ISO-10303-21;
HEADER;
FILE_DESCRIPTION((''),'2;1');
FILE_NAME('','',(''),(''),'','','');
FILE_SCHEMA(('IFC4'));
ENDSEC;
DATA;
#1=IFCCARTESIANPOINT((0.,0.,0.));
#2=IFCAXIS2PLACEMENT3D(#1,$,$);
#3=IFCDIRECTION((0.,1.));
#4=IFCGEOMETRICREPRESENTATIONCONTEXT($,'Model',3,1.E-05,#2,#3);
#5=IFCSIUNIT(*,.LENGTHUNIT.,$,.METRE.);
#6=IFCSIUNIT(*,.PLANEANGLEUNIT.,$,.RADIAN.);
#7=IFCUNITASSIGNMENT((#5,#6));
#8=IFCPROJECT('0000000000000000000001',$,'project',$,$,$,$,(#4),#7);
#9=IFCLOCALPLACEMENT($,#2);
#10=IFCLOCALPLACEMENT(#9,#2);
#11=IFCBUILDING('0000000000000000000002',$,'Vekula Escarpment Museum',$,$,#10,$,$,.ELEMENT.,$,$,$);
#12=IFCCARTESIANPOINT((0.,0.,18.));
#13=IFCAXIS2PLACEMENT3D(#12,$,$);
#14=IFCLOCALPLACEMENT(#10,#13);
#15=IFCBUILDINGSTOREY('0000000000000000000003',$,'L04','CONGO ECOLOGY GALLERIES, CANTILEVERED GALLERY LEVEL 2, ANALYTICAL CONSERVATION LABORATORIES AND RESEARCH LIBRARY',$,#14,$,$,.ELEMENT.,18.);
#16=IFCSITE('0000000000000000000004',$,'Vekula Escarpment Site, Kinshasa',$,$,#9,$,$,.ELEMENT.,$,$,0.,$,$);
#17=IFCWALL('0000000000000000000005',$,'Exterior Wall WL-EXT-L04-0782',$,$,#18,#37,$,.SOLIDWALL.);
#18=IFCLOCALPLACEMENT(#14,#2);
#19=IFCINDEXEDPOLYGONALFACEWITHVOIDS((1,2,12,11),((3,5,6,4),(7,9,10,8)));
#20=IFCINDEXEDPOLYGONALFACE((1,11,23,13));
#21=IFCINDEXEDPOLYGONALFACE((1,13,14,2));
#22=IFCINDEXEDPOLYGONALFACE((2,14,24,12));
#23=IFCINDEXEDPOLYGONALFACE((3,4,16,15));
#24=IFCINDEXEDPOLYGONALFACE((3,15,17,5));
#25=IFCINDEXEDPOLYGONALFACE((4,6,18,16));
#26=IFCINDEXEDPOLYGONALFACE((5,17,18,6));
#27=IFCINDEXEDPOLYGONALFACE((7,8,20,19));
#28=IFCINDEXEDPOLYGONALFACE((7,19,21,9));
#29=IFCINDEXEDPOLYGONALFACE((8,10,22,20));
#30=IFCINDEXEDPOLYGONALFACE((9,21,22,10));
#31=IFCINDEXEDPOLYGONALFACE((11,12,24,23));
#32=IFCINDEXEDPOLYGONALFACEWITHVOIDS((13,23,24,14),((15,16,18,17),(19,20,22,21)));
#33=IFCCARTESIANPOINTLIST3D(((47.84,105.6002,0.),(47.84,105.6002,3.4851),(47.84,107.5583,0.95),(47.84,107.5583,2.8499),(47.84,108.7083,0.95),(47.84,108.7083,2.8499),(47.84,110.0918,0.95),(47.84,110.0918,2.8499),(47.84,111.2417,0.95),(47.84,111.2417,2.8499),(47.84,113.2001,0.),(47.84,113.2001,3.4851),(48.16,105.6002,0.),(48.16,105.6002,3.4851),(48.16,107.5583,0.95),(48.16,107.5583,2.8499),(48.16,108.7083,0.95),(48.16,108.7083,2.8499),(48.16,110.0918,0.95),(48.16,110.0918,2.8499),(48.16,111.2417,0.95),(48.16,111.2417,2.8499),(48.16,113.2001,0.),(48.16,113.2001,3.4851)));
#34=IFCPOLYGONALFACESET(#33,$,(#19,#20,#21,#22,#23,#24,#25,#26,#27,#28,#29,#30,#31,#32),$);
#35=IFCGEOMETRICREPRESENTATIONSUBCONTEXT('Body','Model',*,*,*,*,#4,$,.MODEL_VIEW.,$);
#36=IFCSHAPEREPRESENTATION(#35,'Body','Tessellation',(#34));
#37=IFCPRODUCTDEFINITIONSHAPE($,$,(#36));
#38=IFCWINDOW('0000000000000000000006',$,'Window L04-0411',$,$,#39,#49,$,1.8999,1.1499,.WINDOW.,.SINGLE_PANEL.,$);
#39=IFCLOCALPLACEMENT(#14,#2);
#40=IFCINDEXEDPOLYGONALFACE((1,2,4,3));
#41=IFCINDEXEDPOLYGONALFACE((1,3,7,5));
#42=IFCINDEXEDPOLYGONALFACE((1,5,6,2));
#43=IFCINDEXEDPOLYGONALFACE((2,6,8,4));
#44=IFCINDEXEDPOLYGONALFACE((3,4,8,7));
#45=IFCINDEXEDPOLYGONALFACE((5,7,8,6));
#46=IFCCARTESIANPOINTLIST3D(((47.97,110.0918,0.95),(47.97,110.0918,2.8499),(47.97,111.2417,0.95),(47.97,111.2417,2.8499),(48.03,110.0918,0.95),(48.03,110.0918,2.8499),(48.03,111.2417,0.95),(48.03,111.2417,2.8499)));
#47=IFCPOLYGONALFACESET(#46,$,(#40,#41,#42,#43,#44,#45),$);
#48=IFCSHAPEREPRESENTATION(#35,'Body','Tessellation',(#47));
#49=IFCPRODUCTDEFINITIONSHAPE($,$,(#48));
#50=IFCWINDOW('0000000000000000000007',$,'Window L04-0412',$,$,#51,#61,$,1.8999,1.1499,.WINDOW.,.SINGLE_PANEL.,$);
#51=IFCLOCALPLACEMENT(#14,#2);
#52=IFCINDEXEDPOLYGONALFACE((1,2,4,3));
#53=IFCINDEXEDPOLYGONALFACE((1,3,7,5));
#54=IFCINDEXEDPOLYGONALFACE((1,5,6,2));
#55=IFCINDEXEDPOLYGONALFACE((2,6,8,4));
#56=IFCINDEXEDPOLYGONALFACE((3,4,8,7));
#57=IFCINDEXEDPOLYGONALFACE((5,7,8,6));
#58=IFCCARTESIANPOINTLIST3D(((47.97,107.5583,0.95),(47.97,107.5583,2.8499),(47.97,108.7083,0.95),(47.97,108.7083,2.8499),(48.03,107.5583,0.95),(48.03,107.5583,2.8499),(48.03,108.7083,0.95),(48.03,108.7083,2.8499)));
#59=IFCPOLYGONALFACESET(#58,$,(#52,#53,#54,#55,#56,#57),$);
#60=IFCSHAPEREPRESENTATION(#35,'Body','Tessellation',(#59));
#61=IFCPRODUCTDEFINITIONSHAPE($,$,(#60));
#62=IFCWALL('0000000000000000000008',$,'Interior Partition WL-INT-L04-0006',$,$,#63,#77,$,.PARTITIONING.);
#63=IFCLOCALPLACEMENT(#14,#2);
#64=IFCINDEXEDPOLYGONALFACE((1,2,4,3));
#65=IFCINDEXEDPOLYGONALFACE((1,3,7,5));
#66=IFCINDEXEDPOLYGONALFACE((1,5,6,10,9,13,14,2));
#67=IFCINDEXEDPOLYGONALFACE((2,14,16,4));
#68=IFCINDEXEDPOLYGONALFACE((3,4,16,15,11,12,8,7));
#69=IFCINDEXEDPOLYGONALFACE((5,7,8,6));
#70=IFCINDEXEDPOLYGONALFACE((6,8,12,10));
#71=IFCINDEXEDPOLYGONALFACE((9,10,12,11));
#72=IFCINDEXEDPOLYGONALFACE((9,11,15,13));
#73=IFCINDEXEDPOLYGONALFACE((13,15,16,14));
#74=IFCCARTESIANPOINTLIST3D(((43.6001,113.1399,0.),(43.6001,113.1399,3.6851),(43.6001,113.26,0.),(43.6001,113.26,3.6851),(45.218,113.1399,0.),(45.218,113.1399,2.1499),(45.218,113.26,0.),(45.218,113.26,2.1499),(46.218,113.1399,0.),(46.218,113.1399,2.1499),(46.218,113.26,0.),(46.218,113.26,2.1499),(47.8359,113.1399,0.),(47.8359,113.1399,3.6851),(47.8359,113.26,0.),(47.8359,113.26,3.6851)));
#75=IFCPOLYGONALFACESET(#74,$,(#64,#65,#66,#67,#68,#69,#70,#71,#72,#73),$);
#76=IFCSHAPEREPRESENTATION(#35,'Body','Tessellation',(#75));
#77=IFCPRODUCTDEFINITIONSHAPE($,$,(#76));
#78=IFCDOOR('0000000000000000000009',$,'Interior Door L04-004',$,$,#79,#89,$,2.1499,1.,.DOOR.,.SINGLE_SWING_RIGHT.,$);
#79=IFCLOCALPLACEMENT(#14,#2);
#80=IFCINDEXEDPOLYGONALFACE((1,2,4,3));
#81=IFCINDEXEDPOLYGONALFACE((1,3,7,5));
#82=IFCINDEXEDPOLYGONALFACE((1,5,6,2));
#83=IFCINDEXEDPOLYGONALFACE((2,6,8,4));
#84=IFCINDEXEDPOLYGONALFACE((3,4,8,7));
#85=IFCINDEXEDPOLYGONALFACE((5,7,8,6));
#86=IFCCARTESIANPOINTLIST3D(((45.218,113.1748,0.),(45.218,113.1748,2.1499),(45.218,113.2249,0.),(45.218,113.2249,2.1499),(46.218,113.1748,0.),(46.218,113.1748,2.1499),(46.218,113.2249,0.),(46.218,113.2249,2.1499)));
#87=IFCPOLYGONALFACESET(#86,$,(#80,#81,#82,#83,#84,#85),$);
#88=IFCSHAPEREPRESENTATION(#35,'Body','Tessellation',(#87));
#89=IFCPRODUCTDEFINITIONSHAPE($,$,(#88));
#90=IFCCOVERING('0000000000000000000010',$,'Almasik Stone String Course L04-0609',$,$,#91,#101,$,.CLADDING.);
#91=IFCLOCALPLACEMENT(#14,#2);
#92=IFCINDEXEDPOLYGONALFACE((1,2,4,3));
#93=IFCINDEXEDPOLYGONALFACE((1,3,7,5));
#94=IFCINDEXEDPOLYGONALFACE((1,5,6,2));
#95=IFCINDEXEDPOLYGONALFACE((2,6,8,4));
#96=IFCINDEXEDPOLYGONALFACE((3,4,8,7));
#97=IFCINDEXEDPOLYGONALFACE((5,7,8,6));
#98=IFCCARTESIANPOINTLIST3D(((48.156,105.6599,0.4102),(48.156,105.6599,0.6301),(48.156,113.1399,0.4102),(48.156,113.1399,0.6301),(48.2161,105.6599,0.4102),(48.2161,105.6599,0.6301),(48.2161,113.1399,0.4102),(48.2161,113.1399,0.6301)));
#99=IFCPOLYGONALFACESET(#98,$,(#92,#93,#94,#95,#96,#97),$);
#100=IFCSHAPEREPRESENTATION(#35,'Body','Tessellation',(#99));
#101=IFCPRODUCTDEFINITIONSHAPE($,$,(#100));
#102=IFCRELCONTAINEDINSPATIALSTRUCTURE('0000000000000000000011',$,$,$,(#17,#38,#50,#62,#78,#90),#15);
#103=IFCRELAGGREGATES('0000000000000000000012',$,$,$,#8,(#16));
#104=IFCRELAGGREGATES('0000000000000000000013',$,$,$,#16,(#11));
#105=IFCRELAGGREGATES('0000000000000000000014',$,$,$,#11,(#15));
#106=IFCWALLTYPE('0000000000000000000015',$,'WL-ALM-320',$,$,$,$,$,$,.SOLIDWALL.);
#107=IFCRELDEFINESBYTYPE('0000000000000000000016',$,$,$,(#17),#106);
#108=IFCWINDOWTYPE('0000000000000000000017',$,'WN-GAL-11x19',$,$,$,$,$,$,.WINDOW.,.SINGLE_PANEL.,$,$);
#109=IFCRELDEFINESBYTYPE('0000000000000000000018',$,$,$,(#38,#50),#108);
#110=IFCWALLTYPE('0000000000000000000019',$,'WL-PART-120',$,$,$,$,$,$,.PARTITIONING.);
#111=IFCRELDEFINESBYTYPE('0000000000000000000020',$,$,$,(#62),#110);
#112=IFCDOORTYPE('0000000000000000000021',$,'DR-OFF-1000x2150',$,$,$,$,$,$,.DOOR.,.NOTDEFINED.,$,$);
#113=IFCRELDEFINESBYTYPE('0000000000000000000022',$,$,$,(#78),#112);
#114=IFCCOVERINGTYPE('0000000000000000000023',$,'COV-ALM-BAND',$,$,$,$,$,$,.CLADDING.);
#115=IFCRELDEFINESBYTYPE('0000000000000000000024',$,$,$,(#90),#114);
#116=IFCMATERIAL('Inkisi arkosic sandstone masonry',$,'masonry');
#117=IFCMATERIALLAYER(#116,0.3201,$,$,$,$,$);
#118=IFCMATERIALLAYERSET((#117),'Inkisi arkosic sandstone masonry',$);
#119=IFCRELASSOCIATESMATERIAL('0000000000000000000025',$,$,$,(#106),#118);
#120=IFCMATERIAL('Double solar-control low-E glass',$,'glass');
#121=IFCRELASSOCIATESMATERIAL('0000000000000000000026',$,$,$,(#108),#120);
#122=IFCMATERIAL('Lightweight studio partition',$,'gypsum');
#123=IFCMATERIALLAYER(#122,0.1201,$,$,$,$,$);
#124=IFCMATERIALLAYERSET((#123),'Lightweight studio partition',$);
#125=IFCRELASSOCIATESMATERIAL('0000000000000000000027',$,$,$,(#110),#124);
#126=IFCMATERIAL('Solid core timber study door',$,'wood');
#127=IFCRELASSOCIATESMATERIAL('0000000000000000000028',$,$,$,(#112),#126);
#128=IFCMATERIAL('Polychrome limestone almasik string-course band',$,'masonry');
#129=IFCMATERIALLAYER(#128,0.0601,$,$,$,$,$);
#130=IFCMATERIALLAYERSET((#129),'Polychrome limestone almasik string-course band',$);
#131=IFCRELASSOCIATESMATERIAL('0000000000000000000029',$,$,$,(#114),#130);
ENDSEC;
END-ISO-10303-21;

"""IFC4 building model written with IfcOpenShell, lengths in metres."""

from ifc_helpers import new_model, si_unit, direction, frame, frame_2d, origin, origin_2d, place, context, subcontext, project, spatial, rectangle, extrude, material, layer, layer_set, type_object, element, fill, save


model = new_model("IFC4")

# Units and contexts
model_context = context("Model", 3, precision=1e-05, world=origin(), true_north=direction((0.0, 1.0)))
body_context = subcontext(model_context, "Body", "Model", "MODEL_VIEW")
ifc_project = project(units=[si_unit("LENGTHUNIT", "METRE"), si_unit("PLANEANGLEUNIT", "RADIAN")], contexts=[model_context])

# Site, building, storey
site_placement = place(None, origin())
site = spatial("IfcSite", under=ifc_project, at=site_placement, Name="Vekula Escarpment Site, Kinshasa", CompositionType="ELEMENT", RefElevation=0.0)
building_placement = place(site_placement, origin())
building = spatial("IfcBuilding", under=site, at=building_placement, Name="Vekula Escarpment Museum", CompositionType="ELEMENT")
storey_placement = place(building_placement, frame((0.0, 0.0, 18.0)))
storey = spatial("IfcBuildingStorey", under=building, at=storey_placement, Name="L04", Description="CONGO ECOLOGY GALLERIES, CANTILEVERED GALLERY LEVEL 2, ANALYTICAL CONSERVATION LABORATORIES AND RESEARCH LIBRARY", CompositionType="ELEMENT", Elevation=18.0)

# Wall, openings, windows
ifc_material_1 = material(Name="Inkisi arkosic sandstone masonry", Category="masonry")
ifc_layer_1 = layer(ifc_material_1, 0.3201)
ifc_layer_set_1 = layer_set([ifc_layer_1], Name="Inkisi arkosic sandstone masonry")
wall_type_1 = type_object("IfcWallType", Name="WL-ALM-320", PredefinedType="SOLIDWALL", material=ifc_layer_set_1)
wall_1_placement = place(storey_placement, frame((48.0, 113.2, 0.0), z_axis=(0.0, 0.0, 1.0), x_axis=(0.0, -1.0, 0.0)))
wall_1 = element("IfcWall", 1, at=wall_1_placement, inside=storey, type_object=wall_type_1, Name="Exterior Wall WL-EXT-L04-0782", PredefinedType="SOLIDWALL", context=body_context, shape_type="SweptSolid", body=[
    extrude(rectangle(XDim=7.5999, YDim=0.3201, at=frame_2d((3.7998, 0.0))), origin(), (0.0, 0.0, 1.0), 3.4851),
])
opening_1_placement = place(wall_1_placement, frame((1.9583, 0.0, 0.95)))
opening_1 = element("IfcOpeningElement", 2, at=opening_1_placement, cuts=wall_1, PredefinedType="OPENING", context=body_context, shape_type="SweptSolid", body=[
    extrude(rectangle(XDim=1.1499, YDim=1.8999, at=frame_2d((0.575, 0.95))), frame((0.0, 0.1699, 0.0), z_axis=(0.0, -1.0, 0.0), x_axis=(1.0, 0.0, 0.0)), (0.0, 0.0, 1.0), 0.3401),
])
opening_2_placement = place(wall_1_placement, frame((4.4917, 0.0, 0.95)))
opening_2 = element("IfcOpeningElement", 3, at=opening_2_placement, cuts=wall_1, PredefinedType="OPENING", context=body_context, shape_type="SweptSolid", body=[
    extrude(rectangle(XDim=1.1499, YDim=1.8999, at=frame_2d((0.575, 0.95))), frame((0.0, 0.1699, 0.0), z_axis=(0.0, -1.0, 0.0), x_axis=(1.0, 0.0, 0.0)), (0.0, 0.0, 1.0), 0.3401),
])
ifc_material_2 = material(Name="Double solar-control low-E glass", Category="glass")
window_type_1 = type_object("IfcWindowType", Name="WN-GAL-11x19", PartitioningType="SINGLE_PANEL", PredefinedType="WINDOW", material=ifc_material_2)
window_1_placement = place(opening_1_placement, origin())
window_1 = element("IfcWindow", 4, at=window_1_placement, inside=storey, type_object=window_type_1, Name="Window L04-0411", OverallHeight=1.8999, OverallWidth=1.1499, PartitioningType="SINGLE_PANEL", PredefinedType="WINDOW", context=body_context, shape_type="SweptSolid", body=[
    extrude(rectangle(XDim=1.1499, YDim=1.8999, at=frame_2d((0.575, 0.95))), frame((0.0, 0.03, 0.0), z_axis=(0.0, -1.0, 0.0), x_axis=(1.0, 0.0, 0.0)), (0.0, 0.0, 1.0), 0.0601),
])
fill(opening_1, window_1)
window_2_placement = place(opening_2_placement, origin())
window_2 = element("IfcWindow", 5, at=window_2_placement, inside=storey, type_object=window_type_1, Name="Window L04-0412", OverallHeight=1.8999, OverallWidth=1.1499, PartitioningType="SINGLE_PANEL", PredefinedType="WINDOW", context=body_context, shape_type="SweptSolid", body=[
    extrude(rectangle(XDim=1.1499, YDim=1.8999, at=frame_2d((0.575, 0.95))), frame((0.0, 0.03, 0.0), z_axis=(0.0, -1.0, 0.0), x_axis=(1.0, 0.0, 0.0)), (0.0, 0.0, 1.0), 0.0601),
])
fill(opening_2, window_2)

# Wall, opening, door
ifc_material_3 = material(Name="Lightweight studio partition", Category="gypsum")
ifc_layer_2 = layer(ifc_material_3, 0.1201)
ifc_layer_set_2 = layer_set([ifc_layer_2], Name="Lightweight studio partition")
wall_type_2 = type_object("IfcWallType", Name="WL-PART-120", PredefinedType="PARTITIONING", material=ifc_layer_set_2)
wall_2_placement = place(storey_placement, frame((43.6001, 113.2, 0.0), z_axis=(0.0, 0.0, 1.0), x_axis=(1.0, 0.0, 0.0)))
wall_2 = element("IfcWall", 6, at=wall_2_placement, inside=storey, type_object=wall_type_2, Name="Interior Partition WL-INT-L04-0006", PredefinedType="PARTITIONING", context=body_context, shape_type="SweptSolid", body=[
    extrude(rectangle(XDim=4.2358, YDim=0.1201, at=frame_2d((2.1179, 0.0))), origin(), (0.0, 0.0, 1.0), 3.6851),
])
opening_3_placement = place(wall_2_placement, frame((1.6179, 0.0, 0.0)))
opening_3 = element("IfcOpeningElement", 7, at=opening_3_placement, cuts=wall_2, PredefinedType="OPENING", context=body_context, shape_type="SweptSolid", body=[
    extrude(rectangle(XDim=1.0, YDim=2.1499, at=frame_2d((0.5, 1.075))), frame((0.0, 0.0701, 0.0), z_axis=(0.0, -1.0, 0.0), x_axis=(1.0, 0.0, 0.0)), (0.0, 0.0, 1.0), 0.1401),
])
ifc_material_4 = material(Name="Solid core timber study door", Category="wood")
door_type = type_object("IfcDoorType", Name="DR-OFF-1000x2150", OperationType="NOTDEFINED", PredefinedType="DOOR", material=ifc_material_4)
door_placement = place(opening_3_placement, origin())
door = element("IfcDoor", 8, at=door_placement, inside=storey, type_object=door_type, Name="Interior Door L04-004", OperationType="SINGLE_SWING_RIGHT", OverallHeight=2.1499, OverallWidth=1.0, PredefinedType="DOOR", context=body_context, shape_type="SweptSolid", body=[
    extrude(rectangle(XDim=1.0, YDim=2.1499, at=frame_2d((0.5, 1.075))), frame((0.0, 0.0249, 0.0), z_axis=(0.0, -1.0, 0.0), x_axis=(1.0, 0.0, 0.0)), (0.0, 0.0, 1.0), 0.05),
])
fill(opening_3, door)

# Covering
ifc_material_5 = material(Name="Polychrome limestone almasik string-course band", Category="masonry")
ifc_layer_3 = layer(ifc_material_5, 0.0601)
ifc_layer_set_3 = layer_set([ifc_layer_3], Name="Polychrome limestone almasik string-course band")
covering_type = type_object("IfcCoveringType", Name="COV-ALM-BAND", PredefinedType="CLADDING", material=ifc_layer_set_3)
covering_placement = place(storey_placement, frame((48.186, 109.3999, 0.4102), z_axis=(0.0, 0.0, 1.0), x_axis=(0.0, 1.0, 0.0)))
element("IfcCovering", 9, at=covering_placement, inside=storey, type_object=covering_type, Name="Almasik Stone String Course L04-0609", PredefinedType="CLADDING", context=body_context, shape_type="SweptSolid", body=[
    extrude(rectangle(XDim=7.48, YDim=0.0601, at=origin_2d()), origin(), (0.0, 0.0, 1.0), 0.22),
])

save(model, "model.ifc")
